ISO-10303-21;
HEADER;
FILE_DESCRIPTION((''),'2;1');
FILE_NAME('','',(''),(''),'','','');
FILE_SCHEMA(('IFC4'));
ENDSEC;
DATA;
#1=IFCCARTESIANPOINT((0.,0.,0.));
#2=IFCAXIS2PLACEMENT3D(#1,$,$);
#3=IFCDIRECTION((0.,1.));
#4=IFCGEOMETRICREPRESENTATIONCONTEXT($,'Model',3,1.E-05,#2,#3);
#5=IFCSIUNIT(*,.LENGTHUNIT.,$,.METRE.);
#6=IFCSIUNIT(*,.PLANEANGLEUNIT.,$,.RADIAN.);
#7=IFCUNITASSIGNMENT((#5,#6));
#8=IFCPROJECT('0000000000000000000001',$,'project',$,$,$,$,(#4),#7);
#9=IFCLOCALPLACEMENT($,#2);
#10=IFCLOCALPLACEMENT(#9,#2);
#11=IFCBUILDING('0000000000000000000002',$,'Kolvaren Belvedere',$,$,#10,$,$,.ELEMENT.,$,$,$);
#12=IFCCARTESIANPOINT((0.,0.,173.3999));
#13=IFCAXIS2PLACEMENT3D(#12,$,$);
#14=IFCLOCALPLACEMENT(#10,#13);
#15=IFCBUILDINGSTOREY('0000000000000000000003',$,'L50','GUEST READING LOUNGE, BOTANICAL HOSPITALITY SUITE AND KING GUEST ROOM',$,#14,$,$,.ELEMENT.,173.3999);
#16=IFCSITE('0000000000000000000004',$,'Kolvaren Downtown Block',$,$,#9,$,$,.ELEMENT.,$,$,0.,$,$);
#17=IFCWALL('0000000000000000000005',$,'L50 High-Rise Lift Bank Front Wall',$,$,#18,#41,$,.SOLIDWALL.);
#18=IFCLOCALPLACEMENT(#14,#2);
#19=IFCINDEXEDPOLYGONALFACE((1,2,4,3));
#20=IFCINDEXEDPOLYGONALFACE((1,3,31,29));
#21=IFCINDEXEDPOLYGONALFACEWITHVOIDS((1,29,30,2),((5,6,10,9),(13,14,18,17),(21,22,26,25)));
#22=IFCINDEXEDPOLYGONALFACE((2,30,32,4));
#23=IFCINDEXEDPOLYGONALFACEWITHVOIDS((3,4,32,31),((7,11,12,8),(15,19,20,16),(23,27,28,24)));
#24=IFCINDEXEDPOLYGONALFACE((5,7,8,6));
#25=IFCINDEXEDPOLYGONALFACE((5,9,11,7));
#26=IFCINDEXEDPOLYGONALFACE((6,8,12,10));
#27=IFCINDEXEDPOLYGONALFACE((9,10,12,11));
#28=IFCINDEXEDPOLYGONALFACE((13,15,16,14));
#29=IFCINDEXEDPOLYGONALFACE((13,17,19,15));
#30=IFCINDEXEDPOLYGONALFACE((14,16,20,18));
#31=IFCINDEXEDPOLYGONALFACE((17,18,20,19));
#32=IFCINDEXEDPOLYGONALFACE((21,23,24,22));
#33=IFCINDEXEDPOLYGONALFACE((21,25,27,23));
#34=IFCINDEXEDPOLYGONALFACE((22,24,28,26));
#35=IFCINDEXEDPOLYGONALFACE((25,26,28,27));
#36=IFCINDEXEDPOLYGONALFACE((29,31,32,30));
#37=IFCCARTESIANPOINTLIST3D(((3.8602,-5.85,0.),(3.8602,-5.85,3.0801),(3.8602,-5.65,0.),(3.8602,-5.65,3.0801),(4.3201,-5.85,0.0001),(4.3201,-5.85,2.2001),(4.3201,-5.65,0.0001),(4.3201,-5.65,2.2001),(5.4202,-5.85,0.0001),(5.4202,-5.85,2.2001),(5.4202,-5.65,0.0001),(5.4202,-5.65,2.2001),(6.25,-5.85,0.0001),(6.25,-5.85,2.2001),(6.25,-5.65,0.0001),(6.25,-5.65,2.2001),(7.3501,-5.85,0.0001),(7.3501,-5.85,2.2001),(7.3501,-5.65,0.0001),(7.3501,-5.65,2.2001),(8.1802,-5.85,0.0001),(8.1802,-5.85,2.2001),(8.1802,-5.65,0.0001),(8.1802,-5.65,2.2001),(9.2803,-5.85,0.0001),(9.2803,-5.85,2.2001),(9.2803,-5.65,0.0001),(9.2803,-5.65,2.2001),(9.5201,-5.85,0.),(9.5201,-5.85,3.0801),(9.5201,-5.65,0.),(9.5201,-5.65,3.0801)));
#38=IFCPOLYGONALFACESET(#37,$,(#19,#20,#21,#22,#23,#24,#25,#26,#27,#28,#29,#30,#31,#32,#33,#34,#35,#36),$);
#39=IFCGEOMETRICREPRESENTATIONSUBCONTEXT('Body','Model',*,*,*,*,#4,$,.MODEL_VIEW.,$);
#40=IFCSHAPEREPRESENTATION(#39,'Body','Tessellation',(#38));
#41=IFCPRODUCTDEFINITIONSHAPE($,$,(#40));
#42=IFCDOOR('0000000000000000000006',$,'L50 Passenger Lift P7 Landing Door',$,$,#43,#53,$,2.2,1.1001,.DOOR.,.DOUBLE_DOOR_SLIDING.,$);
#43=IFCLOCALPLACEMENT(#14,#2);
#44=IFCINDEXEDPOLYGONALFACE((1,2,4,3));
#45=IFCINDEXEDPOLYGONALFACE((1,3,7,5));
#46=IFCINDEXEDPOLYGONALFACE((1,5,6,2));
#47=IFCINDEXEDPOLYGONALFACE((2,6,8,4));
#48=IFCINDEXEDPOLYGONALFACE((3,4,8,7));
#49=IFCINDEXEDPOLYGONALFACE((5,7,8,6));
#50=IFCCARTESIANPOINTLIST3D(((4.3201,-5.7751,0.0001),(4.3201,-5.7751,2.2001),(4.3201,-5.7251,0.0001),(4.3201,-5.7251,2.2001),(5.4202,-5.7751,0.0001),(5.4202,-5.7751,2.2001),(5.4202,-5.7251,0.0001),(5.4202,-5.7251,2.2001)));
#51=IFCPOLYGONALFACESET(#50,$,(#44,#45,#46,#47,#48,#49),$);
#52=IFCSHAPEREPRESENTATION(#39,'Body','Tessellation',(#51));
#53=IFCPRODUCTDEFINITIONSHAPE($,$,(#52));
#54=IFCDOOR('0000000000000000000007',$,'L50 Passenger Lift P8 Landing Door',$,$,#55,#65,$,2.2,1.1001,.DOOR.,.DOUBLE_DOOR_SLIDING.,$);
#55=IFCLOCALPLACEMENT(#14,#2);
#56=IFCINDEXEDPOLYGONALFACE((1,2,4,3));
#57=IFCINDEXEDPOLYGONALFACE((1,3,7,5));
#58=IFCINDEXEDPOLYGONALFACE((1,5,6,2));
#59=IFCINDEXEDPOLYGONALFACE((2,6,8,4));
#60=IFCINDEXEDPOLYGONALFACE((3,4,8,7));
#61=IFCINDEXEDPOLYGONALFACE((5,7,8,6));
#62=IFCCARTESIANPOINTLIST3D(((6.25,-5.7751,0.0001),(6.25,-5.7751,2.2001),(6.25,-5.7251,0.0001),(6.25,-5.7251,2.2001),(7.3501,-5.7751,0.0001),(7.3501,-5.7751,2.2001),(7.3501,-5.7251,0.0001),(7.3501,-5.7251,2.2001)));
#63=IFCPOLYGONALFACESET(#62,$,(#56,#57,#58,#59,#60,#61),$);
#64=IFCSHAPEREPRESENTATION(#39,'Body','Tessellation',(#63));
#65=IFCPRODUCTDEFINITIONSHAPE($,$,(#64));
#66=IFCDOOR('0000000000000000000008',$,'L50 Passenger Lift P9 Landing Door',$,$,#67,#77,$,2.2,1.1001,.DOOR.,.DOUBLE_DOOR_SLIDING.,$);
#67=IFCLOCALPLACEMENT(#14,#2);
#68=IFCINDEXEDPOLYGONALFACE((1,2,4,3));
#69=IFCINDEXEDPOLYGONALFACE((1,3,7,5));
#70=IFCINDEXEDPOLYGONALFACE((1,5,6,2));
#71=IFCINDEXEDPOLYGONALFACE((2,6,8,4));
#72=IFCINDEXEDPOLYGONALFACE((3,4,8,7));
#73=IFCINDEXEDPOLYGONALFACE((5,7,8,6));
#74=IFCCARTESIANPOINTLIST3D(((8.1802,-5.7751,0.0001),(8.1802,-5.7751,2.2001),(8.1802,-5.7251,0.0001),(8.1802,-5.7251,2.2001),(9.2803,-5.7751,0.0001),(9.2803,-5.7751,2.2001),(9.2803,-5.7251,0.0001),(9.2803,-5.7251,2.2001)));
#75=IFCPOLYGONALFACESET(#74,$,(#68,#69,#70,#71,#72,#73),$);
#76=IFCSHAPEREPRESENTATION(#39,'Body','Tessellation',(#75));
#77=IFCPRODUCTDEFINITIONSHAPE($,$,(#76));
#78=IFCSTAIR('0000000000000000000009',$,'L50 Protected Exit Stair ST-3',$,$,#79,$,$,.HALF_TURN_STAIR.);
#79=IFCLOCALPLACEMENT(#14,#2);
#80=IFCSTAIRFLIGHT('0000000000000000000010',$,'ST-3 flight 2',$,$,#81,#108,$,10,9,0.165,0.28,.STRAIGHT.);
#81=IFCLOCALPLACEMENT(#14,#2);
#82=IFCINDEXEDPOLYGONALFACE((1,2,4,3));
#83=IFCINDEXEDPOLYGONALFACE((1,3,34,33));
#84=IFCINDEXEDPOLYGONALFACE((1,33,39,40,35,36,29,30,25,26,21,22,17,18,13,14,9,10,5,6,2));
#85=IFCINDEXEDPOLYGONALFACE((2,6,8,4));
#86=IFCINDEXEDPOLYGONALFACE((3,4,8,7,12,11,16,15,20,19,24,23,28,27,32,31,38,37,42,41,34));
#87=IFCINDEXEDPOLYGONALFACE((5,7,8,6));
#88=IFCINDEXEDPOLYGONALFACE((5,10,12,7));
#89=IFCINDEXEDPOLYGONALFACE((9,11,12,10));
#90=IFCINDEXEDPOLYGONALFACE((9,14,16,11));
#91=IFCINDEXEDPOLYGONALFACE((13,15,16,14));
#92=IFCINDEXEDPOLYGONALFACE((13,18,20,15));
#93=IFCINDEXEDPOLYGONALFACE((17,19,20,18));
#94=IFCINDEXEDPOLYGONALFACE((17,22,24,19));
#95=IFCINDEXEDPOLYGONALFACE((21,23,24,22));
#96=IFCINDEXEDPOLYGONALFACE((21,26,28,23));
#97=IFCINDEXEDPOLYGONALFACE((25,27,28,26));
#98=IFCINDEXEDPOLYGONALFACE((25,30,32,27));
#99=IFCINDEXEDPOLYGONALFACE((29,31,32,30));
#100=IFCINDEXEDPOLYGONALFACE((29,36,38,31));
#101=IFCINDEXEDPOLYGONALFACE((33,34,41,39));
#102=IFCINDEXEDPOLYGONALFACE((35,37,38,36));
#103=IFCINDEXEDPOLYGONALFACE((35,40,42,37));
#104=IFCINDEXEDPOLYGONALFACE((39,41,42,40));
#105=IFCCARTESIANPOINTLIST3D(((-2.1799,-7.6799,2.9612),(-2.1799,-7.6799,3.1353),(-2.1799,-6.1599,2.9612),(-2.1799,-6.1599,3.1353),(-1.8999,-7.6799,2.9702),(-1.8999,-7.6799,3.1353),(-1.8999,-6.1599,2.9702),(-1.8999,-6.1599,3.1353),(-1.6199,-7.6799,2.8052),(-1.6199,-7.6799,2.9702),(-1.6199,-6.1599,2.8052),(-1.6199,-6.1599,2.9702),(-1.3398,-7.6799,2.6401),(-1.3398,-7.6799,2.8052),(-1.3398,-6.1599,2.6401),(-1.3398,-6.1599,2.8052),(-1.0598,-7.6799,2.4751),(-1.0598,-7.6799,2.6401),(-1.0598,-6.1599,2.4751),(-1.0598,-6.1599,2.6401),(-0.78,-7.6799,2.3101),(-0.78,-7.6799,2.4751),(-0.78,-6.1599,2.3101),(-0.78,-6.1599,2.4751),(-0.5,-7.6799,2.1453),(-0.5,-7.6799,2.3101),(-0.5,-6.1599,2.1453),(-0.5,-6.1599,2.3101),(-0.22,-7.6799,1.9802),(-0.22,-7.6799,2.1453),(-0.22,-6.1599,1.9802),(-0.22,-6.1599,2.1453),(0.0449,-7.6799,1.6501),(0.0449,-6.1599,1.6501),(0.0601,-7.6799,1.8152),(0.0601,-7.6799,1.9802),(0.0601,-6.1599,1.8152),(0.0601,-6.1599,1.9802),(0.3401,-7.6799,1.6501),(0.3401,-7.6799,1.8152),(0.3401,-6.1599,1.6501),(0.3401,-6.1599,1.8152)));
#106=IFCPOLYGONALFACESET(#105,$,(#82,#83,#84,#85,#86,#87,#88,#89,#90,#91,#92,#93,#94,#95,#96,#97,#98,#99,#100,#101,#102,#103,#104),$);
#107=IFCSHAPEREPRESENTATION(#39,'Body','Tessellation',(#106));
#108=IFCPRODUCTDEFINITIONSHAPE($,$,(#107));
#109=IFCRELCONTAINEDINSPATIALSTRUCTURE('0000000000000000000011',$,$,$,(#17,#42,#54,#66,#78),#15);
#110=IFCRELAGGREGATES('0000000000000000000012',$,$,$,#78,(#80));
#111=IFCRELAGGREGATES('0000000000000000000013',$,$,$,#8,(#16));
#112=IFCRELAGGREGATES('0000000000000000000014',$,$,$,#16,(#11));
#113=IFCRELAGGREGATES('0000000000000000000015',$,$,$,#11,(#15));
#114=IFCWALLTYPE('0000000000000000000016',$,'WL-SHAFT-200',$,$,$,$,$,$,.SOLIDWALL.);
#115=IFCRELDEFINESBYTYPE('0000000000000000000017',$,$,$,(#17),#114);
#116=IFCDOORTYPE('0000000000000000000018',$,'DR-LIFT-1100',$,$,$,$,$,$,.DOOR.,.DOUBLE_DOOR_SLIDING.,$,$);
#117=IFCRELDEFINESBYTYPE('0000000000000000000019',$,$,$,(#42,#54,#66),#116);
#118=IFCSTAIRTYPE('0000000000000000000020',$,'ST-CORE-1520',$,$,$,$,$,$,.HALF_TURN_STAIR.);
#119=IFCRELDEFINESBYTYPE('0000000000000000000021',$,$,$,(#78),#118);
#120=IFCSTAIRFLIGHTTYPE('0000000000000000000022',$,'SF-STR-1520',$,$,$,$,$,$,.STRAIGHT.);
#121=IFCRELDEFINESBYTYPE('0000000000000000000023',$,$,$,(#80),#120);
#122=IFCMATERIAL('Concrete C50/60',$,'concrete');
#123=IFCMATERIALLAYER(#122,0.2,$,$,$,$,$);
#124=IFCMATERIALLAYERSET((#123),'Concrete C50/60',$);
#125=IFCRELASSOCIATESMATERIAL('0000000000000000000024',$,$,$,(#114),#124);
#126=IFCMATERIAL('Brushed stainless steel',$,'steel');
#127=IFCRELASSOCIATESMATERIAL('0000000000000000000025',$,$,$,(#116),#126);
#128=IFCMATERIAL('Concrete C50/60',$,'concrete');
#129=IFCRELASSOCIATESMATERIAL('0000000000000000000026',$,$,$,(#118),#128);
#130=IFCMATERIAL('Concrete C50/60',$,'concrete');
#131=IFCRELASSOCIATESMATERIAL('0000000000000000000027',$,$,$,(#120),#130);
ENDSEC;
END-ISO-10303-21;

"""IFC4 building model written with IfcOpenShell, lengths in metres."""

from ifc_helpers import new_model, si_unit, direction, frame, frame_2d, origin, place, context, subcontext, project, spatial, polyline, rectangle, outline, extrude, material, layer, layer_set, type_object, element, fill, aggregate, save


model = new_model("IFC4")

# Units and contexts
model_context = context("Model", 3, precision=1e-05, world=origin(), true_north=direction((0.0, 1.0)))
body_context = subcontext(model_context, "Body", "Model", "MODEL_VIEW")
ifc_project = project(units=[si_unit("LENGTHUNIT", "METRE"), si_unit("PLANEANGLEUNIT", "RADIAN")], contexts=[model_context])

# Site, building, storey
site_placement = place(None, origin())
site = spatial("IfcSite", under=ifc_project, at=site_placement, Name="Kolvaren Downtown Block", CompositionType="ELEMENT", RefElevation=0.0)
building_placement = place(site_placement, origin())
building = spatial("IfcBuilding", under=site, at=building_placement, Name="Kolvaren Belvedere", CompositionType="ELEMENT")
storey_placement = place(building_placement, frame((0.0, 0.0, 173.3999)))
storey = spatial("IfcBuildingStorey", under=building, at=storey_placement, Name="L50", Description="GUEST READING LOUNGE, BOTANICAL HOSPITALITY SUITE AND KING GUEST ROOM", CompositionType="ELEMENT", Elevation=173.3999)

# Shared definitions
ifc_material_1 = material(Name="Concrete C50/60", Category="concrete")
ifc_layer_1 = layer(ifc_material_1, 0.2)
ifc_layer_set_1 = layer_set([ifc_layer_1], Name="Concrete C50/60")
wall_type_1 = type_object("IfcWallType", Name="WL-SHAFT-200", PredefinedType="SOLIDWALL", material=ifc_layer_set_1)
ifc_material_2 = material(Name="Brushed stainless steel", Category="steel")
door_type_1 = type_object("IfcDoorType", Name="DR-LIFT-1100", OperationType="DOUBLE_DOOR_SLIDING", PredefinedType="DOOR", material=ifc_material_2)

# Wall, openings, doors
wall_1_placement = place(storey_placement, frame((3.8601, -5.75, 0.0), z_axis=(0.0, 0.0, 1.0), x_axis=(1.0, 0.0, 0.0)))
wall_1 = element("IfcWall", 1, at=wall_1_placement, inside=storey, type_object=wall_type_1, Name="L50 High-Rise Lift Bank Front Wall", PredefinedType="SOLIDWALL", context=body_context, shape_type="SweptSolid", body=[
    extrude(rectangle(XDim=5.6599, YDim=0.2, at=frame_2d((2.8301, 0.0))), origin(), (0.0, 0.0, 1.0), 3.0801),
])
opening_1_placement = place(wall_1_placement, frame((0.46, 0.0, 0.0)))
opening_1 = element("IfcOpeningElement", 2, at=opening_1_placement, cuts=wall_1, PredefinedType="OPENING", context=body_context, shape_type="SweptSolid", body=[
    extrude(rectangle(XDim=1.1001, YDim=2.2, at=frame_2d((0.55, 1.1001))), frame((0.0, 0.1099, 0.0), z_axis=(0.0, -1.0, 0.0), x_axis=(1.0, 0.0, 0.0)), (0.0, 0.0, 1.0), 0.22),
])
opening_2_placement = place(wall_1_placement, frame((2.3899, 0.0, 0.0)))
opening_2 = element("IfcOpeningElement", 3, at=opening_2_placement, cuts=wall_1, PredefinedType="OPENING", context=body_context, shape_type="SweptSolid", body=[
    extrude(rectangle(XDim=1.1001, YDim=2.2, at=frame_2d((0.55, 1.1001))), frame((0.0, 0.1099, 0.0), z_axis=(0.0, -1.0, 0.0), x_axis=(1.0, 0.0, 0.0)), (0.0, 0.0, 1.0), 0.22),
])
opening_3_placement = place(wall_1_placement, frame((4.3201, 0.0, 0.0)))
opening_3 = element("IfcOpeningElement", 4, at=opening_3_placement, cuts=wall_1, PredefinedType="OPENING", context=body_context, shape_type="SweptSolid", body=[
    extrude(rectangle(XDim=1.1001, YDim=2.2, at=frame_2d((0.55, 1.1001))), frame((0.0, 0.1099, 0.0), z_axis=(0.0, -1.0, 0.0), x_axis=(1.0, 0.0, 0.0)), (0.0, 0.0, 1.0), 0.22),
])
door_1_placement = place(opening_1_placement, origin())
door_1 = element("IfcDoor", 5, at=door_1_placement, inside=storey, type_object=door_type_1, Name="L50 Passenger Lift P7 Landing Door", OperationType="DOUBLE_DOOR_SLIDING", OverallHeight=2.2, OverallWidth=1.1001, PredefinedType="DOOR", context=body_context, shape_type="SweptSolid", body=[
    extrude(rectangle(XDim=1.1001, YDim=2.2, at=frame_2d((0.55, 1.1001))), frame((0.0, 0.0249, 0.0), z_axis=(0.0, -1.0, 0.0), x_axis=(1.0, 0.0, 0.0)), (0.0, 0.0, 1.0), 0.05),
])
fill(opening_1, door_1)
door_2_placement = place(opening_2_placement, origin())
door_2 = element("IfcDoor", 6, at=door_2_placement, inside=storey, type_object=door_type_1, Name="L50 Passenger Lift P8 Landing Door", OperationType="DOUBLE_DOOR_SLIDING", OverallHeight=2.2, OverallWidth=1.1001, PredefinedType="DOOR", context=body_context, shape_type="SweptSolid", body=[
    extrude(rectangle(XDim=1.1001, YDim=2.2, at=frame_2d((0.55, 1.1001))), frame((0.0, 0.0249, 0.0), z_axis=(0.0, -1.0, 0.0), x_axis=(1.0, 0.0, 0.0)), (0.0, 0.0, 1.0), 0.05),
])
fill(opening_2, door_2)
door_3_placement = place(opening_3_placement, origin())
door_3 = element("IfcDoor", 7, at=door_3_placement, inside=storey, type_object=door_type_1, Name="L50 Passenger Lift P9 Landing Door", OperationType="DOUBLE_DOOR_SLIDING", OverallHeight=2.2, OverallWidth=1.1001, PredefinedType="DOOR", context=body_context, shape_type="SweptSolid", body=[
    extrude(rectangle(XDim=1.1001, YDim=2.2, at=frame_2d((0.55, 1.1001))), frame((0.0, 0.0249, 0.0), z_axis=(0.0, -1.0, 0.0), x_axis=(1.0, 0.0, 0.0)), (0.0, 0.0, 1.0), 0.05),
])
fill(opening_3, door_3)

# Stair, stair flight
ifc_material_3 = material(Name="Concrete C50/60", Category="concrete")
stair_type = type_object("IfcStairType", Name="ST-CORE-1520", PredefinedType="HALF_TURN_STAIR", material=ifc_material_3)
stair_placement = place(storey_placement, origin())
stair = element("IfcStair", 8, at=stair_placement, inside=storey, type_object=stair_type, Name="L50 Protected Exit Stair ST-3", PredefinedType="HALF_TURN_STAIR")
ifc_material_4 = material(Name="Concrete C50/60", Category="concrete")
stair_flight_type = type_object("IfcStairFlightType", Name="SF-STR-1520", PredefinedType="STRAIGHT", material=ifc_material_4)
stair_flight_placement = place(storey_placement, frame((0.3401, -6.9199, 1.6501), z_axis=(0.0, 0.0, 1.0), x_axis=(-1.0, 0.0, 0.0)))
stair_flight = element("IfcStairFlight", 9, at=stair_flight_placement, type_object=stair_flight_type, Name="ST-3 flight 2", NumberOfRisers=10, NumberOfTreads=9, PredefinedType="STRAIGHT", RiserHeight=0.165, TreadLength=0.28, context=body_context, shape_type="SweptSolid", body=[
    extrude(outline(polyline([(0.0, 0.0), (0.0, 0.165), (0.28, 0.165), (0.28, 0.3301), (0.5601, 0.3301), (0.5601, 0.4951), (0.8401, 0.4951), (0.8401, 0.6599), (1.1201, 0.6599), (1.1201, 0.825), (1.3999, 0.825), (1.3999, 0.99), (1.6799, 0.99), (1.6799, 1.155), (1.96, 1.155), (1.96, 1.3201), (2.24, 1.3201), (2.24, 1.4851), (2.52, 1.4851), (2.52, 1.6499), (2.52, 1.311), (0.2952, 0.0), (0.0, 0.0)])), frame((0.0, 0.76, 0.0), z_axis=(0.0, -1.0, 0.0), x_axis=(1.0, 0.0, 0.0)), (0.0, 0.0, 1.0), 1.52),
])
aggregate(stair, [stair_flight])

save(model, "model.ifc")
